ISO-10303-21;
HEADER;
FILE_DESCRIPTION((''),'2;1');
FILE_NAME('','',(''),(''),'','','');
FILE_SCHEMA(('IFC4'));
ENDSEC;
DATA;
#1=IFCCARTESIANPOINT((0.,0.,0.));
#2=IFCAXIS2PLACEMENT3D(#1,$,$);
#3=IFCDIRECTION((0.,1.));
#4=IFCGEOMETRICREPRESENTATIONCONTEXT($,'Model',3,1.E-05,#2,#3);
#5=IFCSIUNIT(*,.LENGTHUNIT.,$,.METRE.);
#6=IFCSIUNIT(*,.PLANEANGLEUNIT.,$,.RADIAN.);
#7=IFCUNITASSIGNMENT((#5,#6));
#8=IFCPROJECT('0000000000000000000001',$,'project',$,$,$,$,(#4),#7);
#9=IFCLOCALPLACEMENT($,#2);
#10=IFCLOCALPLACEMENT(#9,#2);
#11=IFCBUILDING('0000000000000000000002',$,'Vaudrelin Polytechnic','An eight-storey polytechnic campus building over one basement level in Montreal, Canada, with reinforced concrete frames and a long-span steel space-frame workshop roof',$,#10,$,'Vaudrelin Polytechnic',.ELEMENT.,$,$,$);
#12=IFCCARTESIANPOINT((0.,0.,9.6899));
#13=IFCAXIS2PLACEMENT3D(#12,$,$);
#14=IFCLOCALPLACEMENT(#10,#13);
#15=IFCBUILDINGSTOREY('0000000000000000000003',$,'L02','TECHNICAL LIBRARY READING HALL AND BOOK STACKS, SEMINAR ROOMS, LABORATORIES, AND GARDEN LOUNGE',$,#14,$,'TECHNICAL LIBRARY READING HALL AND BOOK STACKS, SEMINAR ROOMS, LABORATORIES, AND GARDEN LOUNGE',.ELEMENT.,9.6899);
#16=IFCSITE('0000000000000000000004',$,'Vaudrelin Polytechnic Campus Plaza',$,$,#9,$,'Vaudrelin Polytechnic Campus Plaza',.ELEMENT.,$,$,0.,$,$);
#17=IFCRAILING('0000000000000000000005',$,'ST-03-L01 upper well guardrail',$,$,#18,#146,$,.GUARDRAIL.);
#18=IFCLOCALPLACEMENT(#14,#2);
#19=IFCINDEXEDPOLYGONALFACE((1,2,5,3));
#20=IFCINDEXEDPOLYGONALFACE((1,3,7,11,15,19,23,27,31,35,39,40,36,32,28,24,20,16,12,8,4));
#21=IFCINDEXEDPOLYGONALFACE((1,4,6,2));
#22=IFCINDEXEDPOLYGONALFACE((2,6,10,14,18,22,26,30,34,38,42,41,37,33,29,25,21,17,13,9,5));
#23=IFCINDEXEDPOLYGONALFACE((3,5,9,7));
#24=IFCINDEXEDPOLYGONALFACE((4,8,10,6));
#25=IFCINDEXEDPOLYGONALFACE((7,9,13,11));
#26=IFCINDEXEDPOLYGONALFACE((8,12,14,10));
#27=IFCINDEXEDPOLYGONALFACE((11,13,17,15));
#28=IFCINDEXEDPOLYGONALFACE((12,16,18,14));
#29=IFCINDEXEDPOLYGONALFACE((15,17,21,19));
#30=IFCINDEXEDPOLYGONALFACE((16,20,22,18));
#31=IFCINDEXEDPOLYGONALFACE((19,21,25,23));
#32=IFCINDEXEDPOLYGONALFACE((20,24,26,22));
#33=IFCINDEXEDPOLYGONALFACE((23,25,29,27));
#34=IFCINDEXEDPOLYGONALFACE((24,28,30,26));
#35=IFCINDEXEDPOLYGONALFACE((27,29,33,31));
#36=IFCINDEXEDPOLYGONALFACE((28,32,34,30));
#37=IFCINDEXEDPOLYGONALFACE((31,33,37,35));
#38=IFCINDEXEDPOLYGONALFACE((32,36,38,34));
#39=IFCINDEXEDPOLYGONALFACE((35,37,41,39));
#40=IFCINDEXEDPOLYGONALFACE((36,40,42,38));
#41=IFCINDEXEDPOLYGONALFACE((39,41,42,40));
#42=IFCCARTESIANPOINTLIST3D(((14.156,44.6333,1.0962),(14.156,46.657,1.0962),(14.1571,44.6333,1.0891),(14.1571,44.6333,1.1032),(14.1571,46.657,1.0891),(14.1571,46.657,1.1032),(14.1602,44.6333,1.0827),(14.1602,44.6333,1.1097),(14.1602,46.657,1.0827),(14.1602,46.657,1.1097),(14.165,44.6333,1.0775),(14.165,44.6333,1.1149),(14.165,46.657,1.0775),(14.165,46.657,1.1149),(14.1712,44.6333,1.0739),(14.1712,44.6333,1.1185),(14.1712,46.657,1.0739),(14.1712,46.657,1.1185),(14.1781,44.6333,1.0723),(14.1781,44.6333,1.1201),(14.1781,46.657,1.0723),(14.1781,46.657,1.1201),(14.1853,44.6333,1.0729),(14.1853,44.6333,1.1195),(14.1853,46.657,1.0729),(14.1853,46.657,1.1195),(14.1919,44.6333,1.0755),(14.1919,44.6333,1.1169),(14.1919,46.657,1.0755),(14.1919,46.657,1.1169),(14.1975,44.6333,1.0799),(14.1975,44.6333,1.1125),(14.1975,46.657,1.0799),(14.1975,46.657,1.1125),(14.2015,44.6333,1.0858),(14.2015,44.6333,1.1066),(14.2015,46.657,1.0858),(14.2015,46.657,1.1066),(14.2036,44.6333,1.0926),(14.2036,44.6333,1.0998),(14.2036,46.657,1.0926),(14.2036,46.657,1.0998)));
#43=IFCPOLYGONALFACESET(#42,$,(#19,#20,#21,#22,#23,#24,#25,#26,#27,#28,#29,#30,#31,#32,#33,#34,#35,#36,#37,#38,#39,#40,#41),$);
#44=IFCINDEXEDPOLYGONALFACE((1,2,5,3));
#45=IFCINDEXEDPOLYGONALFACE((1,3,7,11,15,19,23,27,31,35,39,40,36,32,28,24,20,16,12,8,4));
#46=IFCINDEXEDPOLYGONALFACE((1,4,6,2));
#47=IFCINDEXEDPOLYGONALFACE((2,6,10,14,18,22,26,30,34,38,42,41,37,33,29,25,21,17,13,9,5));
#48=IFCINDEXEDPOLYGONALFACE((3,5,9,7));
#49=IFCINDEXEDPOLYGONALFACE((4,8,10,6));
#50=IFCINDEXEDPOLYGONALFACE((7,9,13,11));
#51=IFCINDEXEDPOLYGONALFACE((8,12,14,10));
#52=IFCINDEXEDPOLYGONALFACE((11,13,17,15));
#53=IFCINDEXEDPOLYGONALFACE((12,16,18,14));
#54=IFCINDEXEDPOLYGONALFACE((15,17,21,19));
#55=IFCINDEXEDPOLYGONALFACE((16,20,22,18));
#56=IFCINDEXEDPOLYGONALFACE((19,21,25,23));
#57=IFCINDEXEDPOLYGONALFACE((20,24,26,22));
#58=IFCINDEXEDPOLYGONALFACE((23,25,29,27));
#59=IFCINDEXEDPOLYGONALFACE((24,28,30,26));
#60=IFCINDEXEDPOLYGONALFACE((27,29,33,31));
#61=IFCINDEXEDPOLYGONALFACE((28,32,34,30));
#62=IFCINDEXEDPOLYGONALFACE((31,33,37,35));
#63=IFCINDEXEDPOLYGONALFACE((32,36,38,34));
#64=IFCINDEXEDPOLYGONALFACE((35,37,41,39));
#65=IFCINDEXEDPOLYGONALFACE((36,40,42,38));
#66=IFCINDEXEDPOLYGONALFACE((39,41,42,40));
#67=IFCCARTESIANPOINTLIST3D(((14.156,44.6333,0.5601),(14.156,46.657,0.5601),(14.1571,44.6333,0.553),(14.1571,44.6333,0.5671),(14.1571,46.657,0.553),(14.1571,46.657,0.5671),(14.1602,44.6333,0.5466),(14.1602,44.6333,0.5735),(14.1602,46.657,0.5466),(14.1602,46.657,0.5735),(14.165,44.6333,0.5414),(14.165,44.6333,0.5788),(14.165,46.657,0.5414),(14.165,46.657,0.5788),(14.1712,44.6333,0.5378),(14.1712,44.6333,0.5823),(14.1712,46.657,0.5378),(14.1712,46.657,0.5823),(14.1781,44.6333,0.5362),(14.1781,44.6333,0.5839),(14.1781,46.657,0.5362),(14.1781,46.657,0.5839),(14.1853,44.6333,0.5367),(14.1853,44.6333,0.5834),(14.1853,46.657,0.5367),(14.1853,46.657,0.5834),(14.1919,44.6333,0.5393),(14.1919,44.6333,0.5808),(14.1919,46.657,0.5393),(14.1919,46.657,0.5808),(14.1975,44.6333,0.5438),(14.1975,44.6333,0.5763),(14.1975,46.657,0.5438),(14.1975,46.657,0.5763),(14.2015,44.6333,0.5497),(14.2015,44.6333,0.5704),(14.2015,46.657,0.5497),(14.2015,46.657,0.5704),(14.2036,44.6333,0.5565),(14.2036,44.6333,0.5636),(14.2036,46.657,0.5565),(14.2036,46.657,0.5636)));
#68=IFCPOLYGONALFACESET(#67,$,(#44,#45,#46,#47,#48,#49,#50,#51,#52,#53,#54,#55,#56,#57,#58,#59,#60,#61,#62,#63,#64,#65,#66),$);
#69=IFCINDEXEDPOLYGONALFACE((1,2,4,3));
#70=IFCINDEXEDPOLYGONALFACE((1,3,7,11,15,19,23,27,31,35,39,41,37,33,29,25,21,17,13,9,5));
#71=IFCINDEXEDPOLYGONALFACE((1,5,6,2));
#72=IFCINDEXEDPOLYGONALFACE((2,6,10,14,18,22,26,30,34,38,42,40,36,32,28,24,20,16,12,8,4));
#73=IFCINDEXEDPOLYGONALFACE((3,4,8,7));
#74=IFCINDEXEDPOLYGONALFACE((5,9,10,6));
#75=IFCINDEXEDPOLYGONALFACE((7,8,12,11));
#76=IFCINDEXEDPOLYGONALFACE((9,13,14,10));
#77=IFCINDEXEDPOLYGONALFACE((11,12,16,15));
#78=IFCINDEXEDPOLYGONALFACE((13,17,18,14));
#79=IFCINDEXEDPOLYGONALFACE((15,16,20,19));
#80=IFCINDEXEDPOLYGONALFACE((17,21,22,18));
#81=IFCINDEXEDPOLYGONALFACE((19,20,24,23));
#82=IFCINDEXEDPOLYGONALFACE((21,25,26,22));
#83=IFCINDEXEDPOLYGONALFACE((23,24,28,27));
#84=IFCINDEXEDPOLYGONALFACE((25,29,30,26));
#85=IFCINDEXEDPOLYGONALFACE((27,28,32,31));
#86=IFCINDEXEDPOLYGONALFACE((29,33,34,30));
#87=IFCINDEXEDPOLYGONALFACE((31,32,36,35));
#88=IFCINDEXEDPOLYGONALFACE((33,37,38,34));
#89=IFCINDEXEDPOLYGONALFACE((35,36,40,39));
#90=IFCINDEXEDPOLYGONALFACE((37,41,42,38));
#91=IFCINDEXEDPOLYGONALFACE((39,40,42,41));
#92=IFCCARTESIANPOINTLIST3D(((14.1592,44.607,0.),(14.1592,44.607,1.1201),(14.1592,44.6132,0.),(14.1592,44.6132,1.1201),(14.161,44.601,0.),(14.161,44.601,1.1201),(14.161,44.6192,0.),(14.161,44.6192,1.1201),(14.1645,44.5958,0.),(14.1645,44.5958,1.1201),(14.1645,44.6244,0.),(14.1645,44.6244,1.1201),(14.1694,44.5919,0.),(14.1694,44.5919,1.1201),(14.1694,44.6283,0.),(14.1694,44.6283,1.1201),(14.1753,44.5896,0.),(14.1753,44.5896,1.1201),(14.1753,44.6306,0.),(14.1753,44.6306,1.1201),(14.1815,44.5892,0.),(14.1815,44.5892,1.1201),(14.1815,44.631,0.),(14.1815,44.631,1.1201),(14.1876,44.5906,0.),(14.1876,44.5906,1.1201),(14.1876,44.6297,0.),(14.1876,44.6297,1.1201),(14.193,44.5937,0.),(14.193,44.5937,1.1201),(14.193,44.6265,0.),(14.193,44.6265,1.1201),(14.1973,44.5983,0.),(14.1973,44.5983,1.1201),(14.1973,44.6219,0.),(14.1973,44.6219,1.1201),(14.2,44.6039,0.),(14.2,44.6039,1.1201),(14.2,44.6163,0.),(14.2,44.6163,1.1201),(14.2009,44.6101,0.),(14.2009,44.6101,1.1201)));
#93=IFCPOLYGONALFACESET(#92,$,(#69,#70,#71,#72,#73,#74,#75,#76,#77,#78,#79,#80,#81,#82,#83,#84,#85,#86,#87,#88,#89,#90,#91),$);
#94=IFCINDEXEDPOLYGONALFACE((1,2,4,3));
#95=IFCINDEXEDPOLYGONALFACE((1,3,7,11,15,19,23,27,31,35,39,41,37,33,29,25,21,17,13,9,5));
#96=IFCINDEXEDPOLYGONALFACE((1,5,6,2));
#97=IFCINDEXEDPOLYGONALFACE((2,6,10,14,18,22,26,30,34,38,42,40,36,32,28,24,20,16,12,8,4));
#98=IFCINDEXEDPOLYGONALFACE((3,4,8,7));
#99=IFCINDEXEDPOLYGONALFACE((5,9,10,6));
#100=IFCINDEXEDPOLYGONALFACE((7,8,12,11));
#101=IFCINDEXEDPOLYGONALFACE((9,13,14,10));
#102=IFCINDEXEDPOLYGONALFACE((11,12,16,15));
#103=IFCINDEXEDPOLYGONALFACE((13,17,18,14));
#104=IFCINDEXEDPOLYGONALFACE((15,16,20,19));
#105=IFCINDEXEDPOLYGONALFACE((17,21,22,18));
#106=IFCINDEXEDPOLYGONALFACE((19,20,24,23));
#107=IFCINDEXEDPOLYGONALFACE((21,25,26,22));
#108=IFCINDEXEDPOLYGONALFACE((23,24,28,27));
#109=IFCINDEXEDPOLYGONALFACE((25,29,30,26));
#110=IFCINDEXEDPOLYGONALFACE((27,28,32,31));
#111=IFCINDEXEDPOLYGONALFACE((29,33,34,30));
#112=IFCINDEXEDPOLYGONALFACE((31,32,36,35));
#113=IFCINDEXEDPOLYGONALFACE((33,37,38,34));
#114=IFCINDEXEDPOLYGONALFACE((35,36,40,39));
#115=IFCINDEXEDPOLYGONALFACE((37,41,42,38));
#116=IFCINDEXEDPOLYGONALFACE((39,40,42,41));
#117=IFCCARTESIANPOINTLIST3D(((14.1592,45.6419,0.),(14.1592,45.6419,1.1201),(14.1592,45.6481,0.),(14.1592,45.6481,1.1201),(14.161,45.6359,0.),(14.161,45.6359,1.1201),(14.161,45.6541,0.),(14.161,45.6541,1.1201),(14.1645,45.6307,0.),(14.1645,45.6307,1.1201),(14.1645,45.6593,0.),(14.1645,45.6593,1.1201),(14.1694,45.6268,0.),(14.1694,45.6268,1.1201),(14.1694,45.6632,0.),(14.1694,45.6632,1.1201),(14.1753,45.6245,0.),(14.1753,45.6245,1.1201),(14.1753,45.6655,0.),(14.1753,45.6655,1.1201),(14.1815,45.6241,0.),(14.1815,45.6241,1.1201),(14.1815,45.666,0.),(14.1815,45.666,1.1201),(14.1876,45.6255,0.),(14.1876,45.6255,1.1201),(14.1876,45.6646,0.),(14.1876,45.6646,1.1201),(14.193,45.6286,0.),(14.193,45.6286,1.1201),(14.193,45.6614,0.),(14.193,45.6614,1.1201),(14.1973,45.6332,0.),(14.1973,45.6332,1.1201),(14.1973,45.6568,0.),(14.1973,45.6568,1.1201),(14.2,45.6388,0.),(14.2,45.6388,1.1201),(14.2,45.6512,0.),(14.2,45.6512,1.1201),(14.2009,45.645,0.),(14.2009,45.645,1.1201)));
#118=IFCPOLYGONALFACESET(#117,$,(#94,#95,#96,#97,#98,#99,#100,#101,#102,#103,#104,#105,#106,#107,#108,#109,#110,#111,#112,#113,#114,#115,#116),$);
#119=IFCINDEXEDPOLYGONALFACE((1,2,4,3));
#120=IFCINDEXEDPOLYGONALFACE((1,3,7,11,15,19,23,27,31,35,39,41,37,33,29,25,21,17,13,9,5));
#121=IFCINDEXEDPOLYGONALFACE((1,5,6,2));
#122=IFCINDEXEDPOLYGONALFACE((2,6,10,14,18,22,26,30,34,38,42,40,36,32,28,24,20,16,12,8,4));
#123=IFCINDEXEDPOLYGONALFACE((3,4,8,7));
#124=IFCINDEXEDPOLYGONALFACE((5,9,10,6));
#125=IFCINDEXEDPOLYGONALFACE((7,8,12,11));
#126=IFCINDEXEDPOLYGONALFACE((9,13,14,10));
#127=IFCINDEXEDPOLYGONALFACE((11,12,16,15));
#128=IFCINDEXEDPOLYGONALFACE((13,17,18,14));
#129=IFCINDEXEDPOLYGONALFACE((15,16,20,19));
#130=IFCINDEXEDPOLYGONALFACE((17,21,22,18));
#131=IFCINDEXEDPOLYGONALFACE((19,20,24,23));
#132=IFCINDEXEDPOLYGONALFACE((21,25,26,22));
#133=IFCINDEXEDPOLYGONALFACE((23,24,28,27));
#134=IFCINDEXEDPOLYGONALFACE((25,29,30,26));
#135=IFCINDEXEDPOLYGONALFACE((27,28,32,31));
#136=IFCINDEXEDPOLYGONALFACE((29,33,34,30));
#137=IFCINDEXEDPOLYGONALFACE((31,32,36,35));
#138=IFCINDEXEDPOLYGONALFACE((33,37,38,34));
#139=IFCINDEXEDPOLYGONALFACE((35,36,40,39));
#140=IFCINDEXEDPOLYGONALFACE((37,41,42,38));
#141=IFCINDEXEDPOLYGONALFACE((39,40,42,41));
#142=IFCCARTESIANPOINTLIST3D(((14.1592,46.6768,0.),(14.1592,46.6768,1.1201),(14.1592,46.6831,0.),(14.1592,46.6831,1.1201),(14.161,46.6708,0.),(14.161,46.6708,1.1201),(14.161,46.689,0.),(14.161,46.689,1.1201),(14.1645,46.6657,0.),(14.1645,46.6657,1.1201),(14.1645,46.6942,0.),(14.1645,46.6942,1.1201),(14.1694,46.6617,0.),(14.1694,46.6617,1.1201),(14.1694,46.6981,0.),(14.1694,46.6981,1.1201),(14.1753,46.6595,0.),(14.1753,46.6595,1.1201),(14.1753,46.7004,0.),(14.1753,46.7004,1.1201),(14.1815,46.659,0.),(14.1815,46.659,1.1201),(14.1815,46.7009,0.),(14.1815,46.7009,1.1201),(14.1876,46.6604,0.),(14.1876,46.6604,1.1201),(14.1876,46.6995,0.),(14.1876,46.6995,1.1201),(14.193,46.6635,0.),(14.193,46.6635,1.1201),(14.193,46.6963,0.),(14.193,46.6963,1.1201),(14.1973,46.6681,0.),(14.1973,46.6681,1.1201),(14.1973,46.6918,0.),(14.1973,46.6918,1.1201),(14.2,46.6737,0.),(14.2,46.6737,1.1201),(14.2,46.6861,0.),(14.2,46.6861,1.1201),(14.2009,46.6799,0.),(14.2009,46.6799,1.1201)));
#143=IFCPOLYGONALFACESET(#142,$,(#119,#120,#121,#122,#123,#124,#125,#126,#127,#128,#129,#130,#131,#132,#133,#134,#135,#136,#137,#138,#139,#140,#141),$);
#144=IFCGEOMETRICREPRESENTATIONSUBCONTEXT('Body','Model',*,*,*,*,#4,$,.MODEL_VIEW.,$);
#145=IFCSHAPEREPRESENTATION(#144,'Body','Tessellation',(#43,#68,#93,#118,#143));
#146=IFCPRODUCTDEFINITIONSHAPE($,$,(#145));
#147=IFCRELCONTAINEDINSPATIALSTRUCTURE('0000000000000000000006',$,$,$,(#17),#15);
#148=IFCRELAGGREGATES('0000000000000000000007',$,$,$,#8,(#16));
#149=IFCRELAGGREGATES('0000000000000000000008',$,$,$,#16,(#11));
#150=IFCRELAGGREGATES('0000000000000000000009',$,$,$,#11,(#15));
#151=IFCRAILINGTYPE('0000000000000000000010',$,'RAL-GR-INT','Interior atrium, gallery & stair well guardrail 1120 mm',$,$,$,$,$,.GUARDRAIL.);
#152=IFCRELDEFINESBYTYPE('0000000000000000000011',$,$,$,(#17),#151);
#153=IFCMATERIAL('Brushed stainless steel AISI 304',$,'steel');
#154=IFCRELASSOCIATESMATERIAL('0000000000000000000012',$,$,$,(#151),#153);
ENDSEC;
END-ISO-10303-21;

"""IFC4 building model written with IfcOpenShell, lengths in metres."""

from ifc_helpers import new_model, si_unit, direction, frame, origin, origin_2d, place, context, subcontext, project, spatial, circle, extrude, material, type_object, element, save


model = new_model("IFC4")

# Units and contexts
model_context = context("Model", 3, precision=1e-05, world=origin(), true_north=direction((0.0, 1.0)))
body_context = subcontext(model_context, "Body", "Model", "MODEL_VIEW")
ifc_project = project(units=[si_unit("LENGTHUNIT", "METRE"), si_unit("PLANEANGLEUNIT", "RADIAN")], contexts=[model_context])

# Site, building, storey
site_placement = place(None, origin())
site = spatial("IfcSite", under=ifc_project, at=site_placement, Name="Vaudrelin Polytechnic Campus Plaza", LongName="Vaudrelin Polytechnic Campus Plaza", CompositionType="ELEMENT", RefElevation=0.0)
building_placement = place(site_placement, origin())
building = spatial("IfcBuilding", under=site, at=building_placement, Name="Vaudrelin Polytechnic", Description="An eight-storey polytechnic campus building over one basement level in Montreal, Canada, with reinforced concrete frames and a long-span steel space-frame workshop roof", LongName="Vaudrelin Polytechnic", CompositionType="ELEMENT")
storey_placement = place(building_placement, frame((0.0, 0.0, 9.6899)))
storey = spatial("IfcBuildingStorey", under=building, at=storey_placement, Name="L02", Description="TECHNICAL LIBRARY READING HALL AND BOOK STACKS, SEMINAR ROOMS, LABORATORIES, AND GARDEN LOUNGE", LongName="TECHNICAL LIBRARY READING HALL AND BOOK STACKS, SEMINAR ROOMS, LABORATORIES, AND GARDEN LOUNGE", CompositionType="ELEMENT", Elevation=9.6899)

# Shared definitions
ifc_material_1 = material(Name="Brushed stainless steel AISI 304", Category="steel")

# Railing
railing_type = type_object("IfcRailingType", Name="RAL-GR-INT", Description="Interior atrium, gallery & stair well guardrail 1120 mm", PredefinedType="GUARDRAIL", material=ifc_material_1)
railing_placement = place(storey_placement, frame((14.1799, 44.6101, 0.0)))
element("IfcRailing", 1, at=railing_placement, inside=storey, type_object=railing_type, Name="ST-03-L01 upper well guardrail", PredefinedType="GUARDRAIL", context=body_context, shape_type="SweptSolid", body=[
    extrude(circle(Radius=0.0239, at=origin_2d()), frame((0.0, 0.0232, 1.0962), z_axis=(0.0, 1.0, 0.0), x_axis=(-1.0, 0.0, 0.0)), (0.0, 0.0, 1.0), 2.0237),
    extrude(circle(Radius=0.0239, at=origin_2d()), frame((0.0, 0.0232, 0.5601), z_axis=(0.0, 1.0, 0.0), x_axis=(-1.0, 0.0, 0.0)), (0.0, 0.0, 1.0), 2.0237),
    extrude(circle(Radius=0.021, at=origin_2d()), origin(), (0.0, 0.0, 1.0), 1.1201),
    extrude(circle(Radius=0.021, at=origin_2d()), frame((0.0, 1.0349, 0.0)), (0.0, 0.0, 1.0), 1.1201),
    extrude(circle(Radius=0.021, at=origin_2d()), frame((0.0, 2.0698, 0.0)), (0.0, 0.0, 1.0), 1.1201),
])

save(model, "model.ifc")
